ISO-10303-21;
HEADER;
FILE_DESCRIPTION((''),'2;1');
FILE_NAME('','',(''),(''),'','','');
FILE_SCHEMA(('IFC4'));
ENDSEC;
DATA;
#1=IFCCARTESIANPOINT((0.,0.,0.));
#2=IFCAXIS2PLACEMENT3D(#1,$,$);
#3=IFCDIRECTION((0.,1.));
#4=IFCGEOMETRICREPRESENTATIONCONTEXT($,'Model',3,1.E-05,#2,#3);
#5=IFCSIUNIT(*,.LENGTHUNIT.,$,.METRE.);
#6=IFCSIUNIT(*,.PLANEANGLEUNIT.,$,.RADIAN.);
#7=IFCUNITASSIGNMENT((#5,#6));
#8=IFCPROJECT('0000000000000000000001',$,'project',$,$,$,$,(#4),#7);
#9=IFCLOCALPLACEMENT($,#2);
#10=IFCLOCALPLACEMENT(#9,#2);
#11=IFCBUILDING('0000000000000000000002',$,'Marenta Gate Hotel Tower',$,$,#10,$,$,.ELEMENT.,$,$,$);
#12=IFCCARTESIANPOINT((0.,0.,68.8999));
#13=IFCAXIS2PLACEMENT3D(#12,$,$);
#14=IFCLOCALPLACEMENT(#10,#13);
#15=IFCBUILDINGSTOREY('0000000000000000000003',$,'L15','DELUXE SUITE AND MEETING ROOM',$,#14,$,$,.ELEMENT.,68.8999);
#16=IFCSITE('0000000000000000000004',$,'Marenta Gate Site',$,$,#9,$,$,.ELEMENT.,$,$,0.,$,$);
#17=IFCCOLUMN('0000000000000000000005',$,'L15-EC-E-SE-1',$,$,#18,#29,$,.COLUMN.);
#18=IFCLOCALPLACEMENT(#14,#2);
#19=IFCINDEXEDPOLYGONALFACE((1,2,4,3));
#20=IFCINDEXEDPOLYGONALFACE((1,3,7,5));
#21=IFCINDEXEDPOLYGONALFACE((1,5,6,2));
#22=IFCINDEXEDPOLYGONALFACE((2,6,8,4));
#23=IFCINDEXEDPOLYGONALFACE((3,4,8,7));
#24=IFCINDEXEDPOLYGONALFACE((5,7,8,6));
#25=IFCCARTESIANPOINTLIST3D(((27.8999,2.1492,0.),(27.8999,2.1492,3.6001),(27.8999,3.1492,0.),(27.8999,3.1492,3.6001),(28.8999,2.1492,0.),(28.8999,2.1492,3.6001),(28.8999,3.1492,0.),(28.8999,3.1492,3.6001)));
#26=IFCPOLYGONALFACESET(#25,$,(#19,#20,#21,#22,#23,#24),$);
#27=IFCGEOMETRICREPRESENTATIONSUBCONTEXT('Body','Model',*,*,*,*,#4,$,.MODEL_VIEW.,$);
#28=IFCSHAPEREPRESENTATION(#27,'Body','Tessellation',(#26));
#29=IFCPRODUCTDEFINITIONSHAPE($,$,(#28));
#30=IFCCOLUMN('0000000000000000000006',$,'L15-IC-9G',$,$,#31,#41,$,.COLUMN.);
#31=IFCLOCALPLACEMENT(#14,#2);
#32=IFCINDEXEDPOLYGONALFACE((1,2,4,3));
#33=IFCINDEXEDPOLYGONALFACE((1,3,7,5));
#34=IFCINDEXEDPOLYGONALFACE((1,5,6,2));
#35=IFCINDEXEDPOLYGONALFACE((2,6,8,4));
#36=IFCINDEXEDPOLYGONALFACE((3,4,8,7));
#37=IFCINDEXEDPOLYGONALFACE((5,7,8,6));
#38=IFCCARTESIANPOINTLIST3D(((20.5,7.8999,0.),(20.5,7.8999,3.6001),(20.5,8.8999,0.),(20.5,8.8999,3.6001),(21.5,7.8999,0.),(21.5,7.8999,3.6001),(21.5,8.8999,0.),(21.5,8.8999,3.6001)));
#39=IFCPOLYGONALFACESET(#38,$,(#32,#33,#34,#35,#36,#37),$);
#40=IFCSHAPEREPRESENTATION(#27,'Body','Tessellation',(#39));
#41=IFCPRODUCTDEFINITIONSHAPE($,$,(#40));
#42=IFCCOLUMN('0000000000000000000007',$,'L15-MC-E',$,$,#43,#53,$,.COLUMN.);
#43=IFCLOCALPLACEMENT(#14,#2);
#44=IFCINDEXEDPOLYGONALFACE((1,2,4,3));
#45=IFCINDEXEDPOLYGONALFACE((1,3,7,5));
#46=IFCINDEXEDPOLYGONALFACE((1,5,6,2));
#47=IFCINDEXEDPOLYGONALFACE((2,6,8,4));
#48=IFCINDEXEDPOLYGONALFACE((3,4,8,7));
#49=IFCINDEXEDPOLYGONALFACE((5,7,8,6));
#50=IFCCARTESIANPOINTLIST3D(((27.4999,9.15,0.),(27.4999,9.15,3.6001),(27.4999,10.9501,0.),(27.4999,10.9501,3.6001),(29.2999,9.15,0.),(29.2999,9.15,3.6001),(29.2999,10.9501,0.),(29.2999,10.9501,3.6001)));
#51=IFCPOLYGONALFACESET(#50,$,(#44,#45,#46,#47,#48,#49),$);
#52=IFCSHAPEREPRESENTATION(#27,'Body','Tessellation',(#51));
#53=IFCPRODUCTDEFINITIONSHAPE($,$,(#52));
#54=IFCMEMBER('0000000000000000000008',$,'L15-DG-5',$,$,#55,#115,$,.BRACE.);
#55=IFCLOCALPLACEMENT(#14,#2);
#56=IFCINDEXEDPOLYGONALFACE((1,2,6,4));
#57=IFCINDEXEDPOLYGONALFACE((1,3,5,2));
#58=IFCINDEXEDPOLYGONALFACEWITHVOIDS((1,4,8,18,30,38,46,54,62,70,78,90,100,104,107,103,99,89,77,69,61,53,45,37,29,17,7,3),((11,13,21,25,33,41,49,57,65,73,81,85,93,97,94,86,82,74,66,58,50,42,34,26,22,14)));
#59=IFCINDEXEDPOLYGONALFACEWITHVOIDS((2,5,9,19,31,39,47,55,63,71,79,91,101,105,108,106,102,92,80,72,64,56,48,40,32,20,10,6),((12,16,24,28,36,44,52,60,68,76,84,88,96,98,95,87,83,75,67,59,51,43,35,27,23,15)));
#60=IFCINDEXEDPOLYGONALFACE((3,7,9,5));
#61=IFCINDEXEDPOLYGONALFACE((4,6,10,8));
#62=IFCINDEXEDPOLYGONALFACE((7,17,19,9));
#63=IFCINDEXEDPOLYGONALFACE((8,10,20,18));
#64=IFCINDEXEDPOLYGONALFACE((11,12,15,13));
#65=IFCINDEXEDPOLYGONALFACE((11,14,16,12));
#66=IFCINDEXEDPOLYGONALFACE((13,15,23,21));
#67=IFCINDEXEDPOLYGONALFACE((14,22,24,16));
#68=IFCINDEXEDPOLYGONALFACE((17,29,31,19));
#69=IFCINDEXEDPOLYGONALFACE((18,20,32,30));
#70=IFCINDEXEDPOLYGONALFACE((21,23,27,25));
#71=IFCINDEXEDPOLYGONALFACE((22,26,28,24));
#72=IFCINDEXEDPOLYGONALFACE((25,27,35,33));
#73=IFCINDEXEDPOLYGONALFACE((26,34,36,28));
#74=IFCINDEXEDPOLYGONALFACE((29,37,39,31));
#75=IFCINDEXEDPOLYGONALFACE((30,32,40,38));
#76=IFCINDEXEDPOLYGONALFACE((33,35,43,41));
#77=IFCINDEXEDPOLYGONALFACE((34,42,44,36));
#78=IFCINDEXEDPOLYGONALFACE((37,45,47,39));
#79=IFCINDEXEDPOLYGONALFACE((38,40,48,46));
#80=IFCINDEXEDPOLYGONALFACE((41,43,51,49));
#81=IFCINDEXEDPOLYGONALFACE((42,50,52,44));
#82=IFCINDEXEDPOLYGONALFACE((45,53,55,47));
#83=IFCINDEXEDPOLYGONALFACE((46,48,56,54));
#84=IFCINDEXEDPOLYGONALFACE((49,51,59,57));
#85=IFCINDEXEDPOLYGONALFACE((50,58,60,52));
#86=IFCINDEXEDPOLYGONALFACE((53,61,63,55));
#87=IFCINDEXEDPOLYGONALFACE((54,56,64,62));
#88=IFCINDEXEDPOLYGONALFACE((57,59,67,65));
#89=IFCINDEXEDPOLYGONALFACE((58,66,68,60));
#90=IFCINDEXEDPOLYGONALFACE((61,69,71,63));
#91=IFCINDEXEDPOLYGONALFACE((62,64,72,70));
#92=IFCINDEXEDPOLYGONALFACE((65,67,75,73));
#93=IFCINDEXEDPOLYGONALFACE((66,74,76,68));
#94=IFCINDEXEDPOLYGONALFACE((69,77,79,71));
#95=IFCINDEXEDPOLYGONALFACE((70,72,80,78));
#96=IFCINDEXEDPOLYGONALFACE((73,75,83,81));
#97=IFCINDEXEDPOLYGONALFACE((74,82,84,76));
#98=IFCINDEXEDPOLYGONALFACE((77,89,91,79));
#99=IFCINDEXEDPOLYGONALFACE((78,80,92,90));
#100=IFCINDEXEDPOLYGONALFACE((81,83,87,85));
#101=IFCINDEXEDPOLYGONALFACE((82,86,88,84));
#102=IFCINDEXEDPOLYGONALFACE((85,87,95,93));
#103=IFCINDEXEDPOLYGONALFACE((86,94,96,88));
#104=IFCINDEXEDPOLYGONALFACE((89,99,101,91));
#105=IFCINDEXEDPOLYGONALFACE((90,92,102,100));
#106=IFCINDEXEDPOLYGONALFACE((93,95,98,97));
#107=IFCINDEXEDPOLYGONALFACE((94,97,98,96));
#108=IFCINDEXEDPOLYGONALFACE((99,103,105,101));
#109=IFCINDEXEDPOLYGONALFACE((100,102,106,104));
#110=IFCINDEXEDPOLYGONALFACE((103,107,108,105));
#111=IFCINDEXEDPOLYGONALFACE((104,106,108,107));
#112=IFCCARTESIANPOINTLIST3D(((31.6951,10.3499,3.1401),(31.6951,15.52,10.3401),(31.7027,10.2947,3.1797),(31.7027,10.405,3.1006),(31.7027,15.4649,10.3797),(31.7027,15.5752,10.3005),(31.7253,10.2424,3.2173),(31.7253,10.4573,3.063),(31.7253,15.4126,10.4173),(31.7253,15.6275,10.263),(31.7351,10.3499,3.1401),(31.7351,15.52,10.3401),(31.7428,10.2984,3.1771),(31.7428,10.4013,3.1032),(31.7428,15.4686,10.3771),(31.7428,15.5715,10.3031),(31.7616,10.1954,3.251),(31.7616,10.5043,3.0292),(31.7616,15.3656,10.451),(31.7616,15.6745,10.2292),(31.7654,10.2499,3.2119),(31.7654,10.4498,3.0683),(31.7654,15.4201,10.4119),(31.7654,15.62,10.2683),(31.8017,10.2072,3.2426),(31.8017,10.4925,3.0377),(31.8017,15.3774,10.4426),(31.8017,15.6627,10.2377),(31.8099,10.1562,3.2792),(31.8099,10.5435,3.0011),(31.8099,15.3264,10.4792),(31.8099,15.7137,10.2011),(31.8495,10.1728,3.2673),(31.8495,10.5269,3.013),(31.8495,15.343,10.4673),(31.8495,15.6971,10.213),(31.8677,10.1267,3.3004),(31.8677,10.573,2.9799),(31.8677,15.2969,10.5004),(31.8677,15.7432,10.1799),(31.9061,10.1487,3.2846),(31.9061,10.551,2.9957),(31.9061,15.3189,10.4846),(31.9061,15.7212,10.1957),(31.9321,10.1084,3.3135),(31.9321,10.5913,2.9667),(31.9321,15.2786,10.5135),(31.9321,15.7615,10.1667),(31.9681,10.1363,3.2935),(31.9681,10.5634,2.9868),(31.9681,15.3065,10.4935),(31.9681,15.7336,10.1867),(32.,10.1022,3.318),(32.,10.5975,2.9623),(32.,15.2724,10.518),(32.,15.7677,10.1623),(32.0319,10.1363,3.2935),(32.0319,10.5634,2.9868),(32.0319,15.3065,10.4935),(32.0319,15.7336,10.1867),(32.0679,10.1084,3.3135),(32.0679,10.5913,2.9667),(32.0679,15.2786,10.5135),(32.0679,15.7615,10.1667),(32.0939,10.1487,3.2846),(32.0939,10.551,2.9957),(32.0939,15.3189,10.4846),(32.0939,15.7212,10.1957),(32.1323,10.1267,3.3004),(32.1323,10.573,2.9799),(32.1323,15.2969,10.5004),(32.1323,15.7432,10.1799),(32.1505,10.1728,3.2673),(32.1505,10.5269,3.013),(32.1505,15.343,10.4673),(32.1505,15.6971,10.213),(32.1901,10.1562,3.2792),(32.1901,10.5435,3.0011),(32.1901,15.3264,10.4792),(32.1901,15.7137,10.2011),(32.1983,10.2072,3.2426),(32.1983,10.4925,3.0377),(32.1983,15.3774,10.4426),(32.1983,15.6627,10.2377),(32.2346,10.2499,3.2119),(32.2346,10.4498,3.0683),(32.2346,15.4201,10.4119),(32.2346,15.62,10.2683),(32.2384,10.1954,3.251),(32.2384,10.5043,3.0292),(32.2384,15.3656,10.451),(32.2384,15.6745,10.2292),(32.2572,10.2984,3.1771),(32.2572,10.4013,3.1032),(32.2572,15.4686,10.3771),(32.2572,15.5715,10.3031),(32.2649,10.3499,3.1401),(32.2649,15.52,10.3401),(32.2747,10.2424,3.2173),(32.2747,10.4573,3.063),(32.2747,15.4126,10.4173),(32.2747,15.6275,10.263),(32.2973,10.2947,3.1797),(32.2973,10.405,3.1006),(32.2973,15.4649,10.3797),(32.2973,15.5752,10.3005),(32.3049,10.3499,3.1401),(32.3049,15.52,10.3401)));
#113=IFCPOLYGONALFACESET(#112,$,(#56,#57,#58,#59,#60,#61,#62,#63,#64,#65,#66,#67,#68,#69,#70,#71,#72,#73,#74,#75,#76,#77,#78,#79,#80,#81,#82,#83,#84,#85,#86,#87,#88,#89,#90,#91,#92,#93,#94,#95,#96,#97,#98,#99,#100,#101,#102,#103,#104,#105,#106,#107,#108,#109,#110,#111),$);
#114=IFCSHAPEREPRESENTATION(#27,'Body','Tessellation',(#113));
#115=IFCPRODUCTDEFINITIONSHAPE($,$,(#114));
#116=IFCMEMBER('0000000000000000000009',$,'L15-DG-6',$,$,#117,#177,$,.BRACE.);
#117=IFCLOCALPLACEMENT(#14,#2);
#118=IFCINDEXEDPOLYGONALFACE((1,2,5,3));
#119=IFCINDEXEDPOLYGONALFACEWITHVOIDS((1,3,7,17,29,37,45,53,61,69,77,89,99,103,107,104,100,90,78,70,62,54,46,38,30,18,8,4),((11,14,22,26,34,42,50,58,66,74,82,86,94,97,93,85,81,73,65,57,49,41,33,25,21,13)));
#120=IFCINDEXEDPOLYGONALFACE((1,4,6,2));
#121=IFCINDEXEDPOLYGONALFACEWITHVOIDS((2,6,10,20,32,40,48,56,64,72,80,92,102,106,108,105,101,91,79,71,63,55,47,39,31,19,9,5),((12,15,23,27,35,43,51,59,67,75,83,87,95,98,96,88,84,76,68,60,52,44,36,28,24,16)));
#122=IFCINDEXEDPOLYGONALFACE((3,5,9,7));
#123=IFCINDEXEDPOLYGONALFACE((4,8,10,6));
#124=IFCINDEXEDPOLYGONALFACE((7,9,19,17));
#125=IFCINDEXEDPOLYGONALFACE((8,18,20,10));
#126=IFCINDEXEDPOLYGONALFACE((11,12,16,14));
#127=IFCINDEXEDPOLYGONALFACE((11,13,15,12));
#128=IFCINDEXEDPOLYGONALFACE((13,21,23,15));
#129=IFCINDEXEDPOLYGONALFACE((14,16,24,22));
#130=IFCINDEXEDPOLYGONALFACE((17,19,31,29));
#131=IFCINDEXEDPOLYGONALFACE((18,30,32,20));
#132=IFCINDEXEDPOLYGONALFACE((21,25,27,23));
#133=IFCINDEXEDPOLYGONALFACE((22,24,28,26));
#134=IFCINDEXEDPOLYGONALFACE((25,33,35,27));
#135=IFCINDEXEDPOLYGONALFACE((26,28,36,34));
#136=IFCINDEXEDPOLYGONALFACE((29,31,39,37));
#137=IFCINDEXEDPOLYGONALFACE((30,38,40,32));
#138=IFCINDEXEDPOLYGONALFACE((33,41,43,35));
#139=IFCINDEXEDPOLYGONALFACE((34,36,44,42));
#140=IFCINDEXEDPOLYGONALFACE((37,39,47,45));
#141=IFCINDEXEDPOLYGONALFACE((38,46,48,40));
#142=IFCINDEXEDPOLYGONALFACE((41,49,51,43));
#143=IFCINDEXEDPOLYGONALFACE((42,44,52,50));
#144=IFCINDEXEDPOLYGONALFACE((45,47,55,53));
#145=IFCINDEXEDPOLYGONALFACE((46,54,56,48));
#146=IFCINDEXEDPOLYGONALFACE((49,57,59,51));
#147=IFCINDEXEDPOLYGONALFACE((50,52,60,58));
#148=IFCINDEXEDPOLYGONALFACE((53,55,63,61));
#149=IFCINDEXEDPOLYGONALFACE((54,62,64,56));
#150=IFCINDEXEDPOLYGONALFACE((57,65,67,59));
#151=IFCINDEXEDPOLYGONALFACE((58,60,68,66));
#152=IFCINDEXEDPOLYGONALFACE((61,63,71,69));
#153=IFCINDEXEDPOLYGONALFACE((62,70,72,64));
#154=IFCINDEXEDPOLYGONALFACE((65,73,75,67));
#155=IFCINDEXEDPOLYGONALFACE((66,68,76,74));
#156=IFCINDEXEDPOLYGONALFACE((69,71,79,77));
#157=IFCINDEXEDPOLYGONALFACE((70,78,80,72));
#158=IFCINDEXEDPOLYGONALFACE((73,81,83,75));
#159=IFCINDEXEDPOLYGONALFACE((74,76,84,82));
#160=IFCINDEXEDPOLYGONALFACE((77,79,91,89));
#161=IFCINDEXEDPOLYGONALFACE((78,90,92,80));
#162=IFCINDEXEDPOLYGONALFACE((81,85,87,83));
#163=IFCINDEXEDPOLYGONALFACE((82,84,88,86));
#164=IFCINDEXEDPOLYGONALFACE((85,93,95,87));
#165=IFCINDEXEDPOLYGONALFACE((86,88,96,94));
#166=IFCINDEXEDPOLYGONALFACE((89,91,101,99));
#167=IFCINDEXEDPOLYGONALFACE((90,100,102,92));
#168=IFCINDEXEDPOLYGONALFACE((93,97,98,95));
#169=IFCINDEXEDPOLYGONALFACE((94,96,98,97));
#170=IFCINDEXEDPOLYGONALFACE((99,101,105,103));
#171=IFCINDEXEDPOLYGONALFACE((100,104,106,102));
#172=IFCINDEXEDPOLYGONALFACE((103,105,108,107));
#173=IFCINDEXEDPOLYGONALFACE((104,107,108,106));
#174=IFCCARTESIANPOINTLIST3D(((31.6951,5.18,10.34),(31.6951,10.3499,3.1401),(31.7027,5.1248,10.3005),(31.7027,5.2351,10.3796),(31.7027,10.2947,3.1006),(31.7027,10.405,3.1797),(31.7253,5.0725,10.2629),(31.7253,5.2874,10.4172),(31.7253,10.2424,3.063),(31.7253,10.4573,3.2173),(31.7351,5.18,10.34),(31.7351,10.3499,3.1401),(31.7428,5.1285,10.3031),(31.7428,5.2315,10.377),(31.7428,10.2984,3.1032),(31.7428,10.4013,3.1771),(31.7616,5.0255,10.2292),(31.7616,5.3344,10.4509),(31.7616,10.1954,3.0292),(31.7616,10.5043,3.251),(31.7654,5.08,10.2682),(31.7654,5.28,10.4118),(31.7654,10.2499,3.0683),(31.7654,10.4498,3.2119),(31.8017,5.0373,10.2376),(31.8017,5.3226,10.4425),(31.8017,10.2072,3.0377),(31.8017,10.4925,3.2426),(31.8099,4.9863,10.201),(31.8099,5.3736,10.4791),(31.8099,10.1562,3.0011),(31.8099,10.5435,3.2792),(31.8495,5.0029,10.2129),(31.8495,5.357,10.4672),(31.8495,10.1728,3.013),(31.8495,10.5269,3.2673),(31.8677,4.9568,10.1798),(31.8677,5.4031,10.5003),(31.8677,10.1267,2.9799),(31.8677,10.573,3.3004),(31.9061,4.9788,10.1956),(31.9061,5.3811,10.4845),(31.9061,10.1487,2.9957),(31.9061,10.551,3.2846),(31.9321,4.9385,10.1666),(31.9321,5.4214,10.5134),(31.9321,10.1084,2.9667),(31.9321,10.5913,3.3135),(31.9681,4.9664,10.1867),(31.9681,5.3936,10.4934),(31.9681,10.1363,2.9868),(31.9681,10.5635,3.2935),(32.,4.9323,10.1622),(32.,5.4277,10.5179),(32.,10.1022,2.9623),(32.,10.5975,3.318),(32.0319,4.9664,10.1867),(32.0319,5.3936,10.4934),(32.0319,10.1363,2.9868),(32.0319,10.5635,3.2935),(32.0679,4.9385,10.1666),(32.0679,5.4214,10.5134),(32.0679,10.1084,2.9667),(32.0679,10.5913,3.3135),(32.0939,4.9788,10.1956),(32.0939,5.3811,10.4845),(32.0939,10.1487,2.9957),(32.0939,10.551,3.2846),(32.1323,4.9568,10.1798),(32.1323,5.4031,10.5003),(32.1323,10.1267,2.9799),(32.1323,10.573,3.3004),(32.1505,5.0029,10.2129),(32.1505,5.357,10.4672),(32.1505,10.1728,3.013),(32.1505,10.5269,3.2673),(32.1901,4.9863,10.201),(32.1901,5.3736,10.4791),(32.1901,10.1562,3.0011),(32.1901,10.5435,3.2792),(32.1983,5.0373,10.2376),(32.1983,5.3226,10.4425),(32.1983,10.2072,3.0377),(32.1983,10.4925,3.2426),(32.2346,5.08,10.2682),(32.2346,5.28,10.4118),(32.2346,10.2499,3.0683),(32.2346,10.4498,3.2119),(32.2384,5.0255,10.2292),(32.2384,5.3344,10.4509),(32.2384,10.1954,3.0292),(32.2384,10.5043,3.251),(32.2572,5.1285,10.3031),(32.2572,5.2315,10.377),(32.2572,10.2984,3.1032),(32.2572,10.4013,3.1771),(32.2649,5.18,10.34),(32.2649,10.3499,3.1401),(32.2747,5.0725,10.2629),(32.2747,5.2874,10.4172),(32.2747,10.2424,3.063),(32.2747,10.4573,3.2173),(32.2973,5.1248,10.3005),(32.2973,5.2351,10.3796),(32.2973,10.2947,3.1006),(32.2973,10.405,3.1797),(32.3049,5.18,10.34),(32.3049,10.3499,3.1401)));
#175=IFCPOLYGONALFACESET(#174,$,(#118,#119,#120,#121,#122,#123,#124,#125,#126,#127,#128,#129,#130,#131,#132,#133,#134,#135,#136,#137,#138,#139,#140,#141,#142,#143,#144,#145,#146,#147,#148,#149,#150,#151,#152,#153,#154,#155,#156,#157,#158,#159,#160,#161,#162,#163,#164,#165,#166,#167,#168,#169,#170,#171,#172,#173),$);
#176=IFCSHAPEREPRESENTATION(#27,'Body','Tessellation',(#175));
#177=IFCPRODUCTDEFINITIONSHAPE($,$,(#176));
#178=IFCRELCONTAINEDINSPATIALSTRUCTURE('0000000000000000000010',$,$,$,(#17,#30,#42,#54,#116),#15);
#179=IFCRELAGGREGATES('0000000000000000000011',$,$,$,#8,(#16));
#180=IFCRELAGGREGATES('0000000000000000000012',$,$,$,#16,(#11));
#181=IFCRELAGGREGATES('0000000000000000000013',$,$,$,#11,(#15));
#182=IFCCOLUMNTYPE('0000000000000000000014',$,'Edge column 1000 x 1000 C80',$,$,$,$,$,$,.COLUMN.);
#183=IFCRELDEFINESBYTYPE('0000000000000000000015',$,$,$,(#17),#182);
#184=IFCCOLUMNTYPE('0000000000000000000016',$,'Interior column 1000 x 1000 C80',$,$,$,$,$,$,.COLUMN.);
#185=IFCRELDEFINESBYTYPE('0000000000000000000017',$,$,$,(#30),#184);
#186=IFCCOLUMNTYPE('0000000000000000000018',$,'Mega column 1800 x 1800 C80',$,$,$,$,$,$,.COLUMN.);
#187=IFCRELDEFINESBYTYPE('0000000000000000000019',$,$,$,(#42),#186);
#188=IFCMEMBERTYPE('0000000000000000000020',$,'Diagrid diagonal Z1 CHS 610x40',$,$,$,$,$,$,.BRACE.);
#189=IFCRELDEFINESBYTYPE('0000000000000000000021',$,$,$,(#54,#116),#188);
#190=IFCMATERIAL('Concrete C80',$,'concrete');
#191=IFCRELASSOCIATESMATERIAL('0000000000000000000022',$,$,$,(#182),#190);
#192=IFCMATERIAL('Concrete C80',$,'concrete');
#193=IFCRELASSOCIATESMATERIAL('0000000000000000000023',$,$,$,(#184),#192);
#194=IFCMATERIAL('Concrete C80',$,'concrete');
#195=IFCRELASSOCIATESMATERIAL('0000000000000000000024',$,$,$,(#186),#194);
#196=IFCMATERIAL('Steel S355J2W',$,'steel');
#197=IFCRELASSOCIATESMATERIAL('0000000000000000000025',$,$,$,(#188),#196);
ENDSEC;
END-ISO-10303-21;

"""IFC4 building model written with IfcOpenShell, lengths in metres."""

from ifc_helpers import new_model, si_unit, direction, frame, origin, origin_2d, place, context, subcontext, project, spatial, rectangle, hollow_circle, extrude, material, material_profile, profile_set, type_object, element, save


model = new_model("IFC4")

# Units and contexts
model_context = context("Model", 3, precision=1e-05, world=origin(), true_north=direction((0.0, 1.0)))
body_context = subcontext(model_context, "Body", "Model", "MODEL_VIEW")
ifc_project = project(units=[si_unit("LENGTHUNIT", "METRE"), si_unit("PLANEANGLEUNIT", "RADIAN")], contexts=[model_context])

# Site, building, storey
site_placement = place(None, origin())
site = spatial("IfcSite", under=ifc_project, at=site_placement, Name="Marenta Gate Site", CompositionType="ELEMENT", RefElevation=0.0)
building_placement = place(site_placement, origin())
building = spatial("IfcBuilding", under=site, at=building_placement, Name="Marenta Gate Hotel Tower", CompositionType="ELEMENT")
storey_placement = place(building_placement, frame((0.0, 0.0, 68.8999)))
storey = spatial("IfcBuildingStorey", under=building, at=storey_placement, Name="L15", Description="DELUXE SUITE AND MEETING ROOM", CompositionType="ELEMENT", Elevation=68.8999)

# Columns
ifc_material_1 = material(Name="Concrete C80", Category="concrete")
ifc_material_profile_1 = material_profile(ifc_material_1, rectangle(XDim=1.0, YDim=1.0, at=origin_2d()), Name="1000 x 1000")
ifc_profile_set_1 = profile_set([ifc_material_profile_1], Name="Concrete C80")
column_type_1 = type_object("IfcColumnType", Name="Edge column 1000 x 1000 C80", PredefinedType="COLUMN", material=ifc_profile_set_1)
column_1_placement = place(storey_placement, frame((28.3999, 2.6492, 0.0), z_axis=(0.0, 0.0, 1.0), x_axis=(1.0, 0.0, 0.0)))
element("IfcColumn", 1, at=column_1_placement, inside=storey, type_object=column_type_1, Name="L15-EC-E-SE-1", PredefinedType="COLUMN", context=body_context, shape_type="SweptSolid", body=[
    extrude(rectangle(XDim=1.0, YDim=1.0, at=origin_2d()), origin(), (0.0, 0.0, 1.0), 3.6001),
])
ifc_material_2 = material(Name="Concrete C80", Category="concrete")
ifc_material_profile_2 = material_profile(ifc_material_2, rectangle(XDim=1.0, YDim=1.0, at=origin_2d()), Name="1000 x 1000")
ifc_profile_set_2 = profile_set([ifc_material_profile_2], Name="Concrete C80")
column_type_2 = type_object("IfcColumnType", Name="Interior column 1000 x 1000 C80", PredefinedType="COLUMN", material=ifc_profile_set_2)
column_2_placement = place(storey_placement, frame((21.0, 8.3999, 0.0), z_axis=(0.0, 0.0, 1.0), x_axis=(1.0, 0.0, 0.0)))
element("IfcColumn", 2, at=column_2_placement, inside=storey, type_object=column_type_2, Name="L15-IC-9G", PredefinedType="COLUMN", context=body_context, shape_type="SweptSolid", body=[
    extrude(rectangle(XDim=1.0, YDim=1.0, at=origin_2d()), origin(), (0.0, 0.0, 1.0), 3.6001),
])
ifc_material_3 = material(Name="Concrete C80", Category="concrete")
ifc_material_profile_3 = material_profile(ifc_material_3, rectangle(XDim=1.8, YDim=1.8, at=origin_2d()), Name="1800 x 1800")
ifc_profile_set_3 = profile_set([ifc_material_profile_3], Name="Concrete C80")
column_type_3 = type_object("IfcColumnType", Name="Mega column 1800 x 1800 C80", PredefinedType="COLUMN", material=ifc_profile_set_3)
column_3_placement = place(storey_placement, frame((28.3999, 10.05, 0.0), z_axis=(0.0, 0.0, 1.0), x_axis=(1.0, 0.0, 0.0)))
element("IfcColumn", 3, at=column_3_placement, inside=storey, type_object=column_type_3, Name="L15-MC-E", PredefinedType="COLUMN", context=body_context, shape_type="SweptSolid", body=[
    extrude(rectangle(XDim=1.8, YDim=1.8, at=origin_2d()), origin(), (0.0, 0.0, 1.0), 3.6001),
])

# Members
ifc_material_4 = material(Name="Steel S355J2W", Category="steel")
ifc_material_profile_4 = material_profile(ifc_material_4, hollow_circle(Radius=0.3049, WallThickness=0.04, at=origin_2d()), Name="CHS 610x40")
ifc_profile_set_4 = profile_set([ifc_material_profile_4], Name="Steel S355J2W")
member_type_1 = type_object("IfcMemberType", Name="Diagrid diagonal Z1 CHS 610x40", PredefinedType="BRACE", material=ifc_profile_set_4)
member_1_placement = place(storey_placement, frame((32.0, 10.3499, 3.1401), z_axis=(0.0, 0.583279, 0.812272), x_axis=(-1.0, 0.0, 0.0)))
element("IfcMember", 4, at=member_1_placement, inside=storey, type_object=member_type_1, Name="L15-DG-5", PredefinedType="BRACE", context=body_context, shape_type="SweptSolid", body=[
    extrude(hollow_circle(Radius=0.3049, WallThickness=0.04, at=origin_2d()), origin(), (0.0, 0.0, 1.0), 8.864),
])
member_2_placement = place(storey_placement, frame((32.0, 10.3499, 3.1401), z_axis=(0.0, -0.583261, 0.812285), x_axis=(1.0, 0.0, 0.0)))
element("IfcMember", 5, at=member_2_placement, inside=storey, type_object=member_type_1, Name="L15-DG-6", PredefinedType="BRACE", context=body_context, shape_type="SweptSolid", body=[
    extrude(hollow_circle(Radius=0.3049, WallThickness=0.04, at=origin_2d()), origin(), (0.0, 0.0, 1.0), 8.8638),
])

save(model, "model.ifc")
